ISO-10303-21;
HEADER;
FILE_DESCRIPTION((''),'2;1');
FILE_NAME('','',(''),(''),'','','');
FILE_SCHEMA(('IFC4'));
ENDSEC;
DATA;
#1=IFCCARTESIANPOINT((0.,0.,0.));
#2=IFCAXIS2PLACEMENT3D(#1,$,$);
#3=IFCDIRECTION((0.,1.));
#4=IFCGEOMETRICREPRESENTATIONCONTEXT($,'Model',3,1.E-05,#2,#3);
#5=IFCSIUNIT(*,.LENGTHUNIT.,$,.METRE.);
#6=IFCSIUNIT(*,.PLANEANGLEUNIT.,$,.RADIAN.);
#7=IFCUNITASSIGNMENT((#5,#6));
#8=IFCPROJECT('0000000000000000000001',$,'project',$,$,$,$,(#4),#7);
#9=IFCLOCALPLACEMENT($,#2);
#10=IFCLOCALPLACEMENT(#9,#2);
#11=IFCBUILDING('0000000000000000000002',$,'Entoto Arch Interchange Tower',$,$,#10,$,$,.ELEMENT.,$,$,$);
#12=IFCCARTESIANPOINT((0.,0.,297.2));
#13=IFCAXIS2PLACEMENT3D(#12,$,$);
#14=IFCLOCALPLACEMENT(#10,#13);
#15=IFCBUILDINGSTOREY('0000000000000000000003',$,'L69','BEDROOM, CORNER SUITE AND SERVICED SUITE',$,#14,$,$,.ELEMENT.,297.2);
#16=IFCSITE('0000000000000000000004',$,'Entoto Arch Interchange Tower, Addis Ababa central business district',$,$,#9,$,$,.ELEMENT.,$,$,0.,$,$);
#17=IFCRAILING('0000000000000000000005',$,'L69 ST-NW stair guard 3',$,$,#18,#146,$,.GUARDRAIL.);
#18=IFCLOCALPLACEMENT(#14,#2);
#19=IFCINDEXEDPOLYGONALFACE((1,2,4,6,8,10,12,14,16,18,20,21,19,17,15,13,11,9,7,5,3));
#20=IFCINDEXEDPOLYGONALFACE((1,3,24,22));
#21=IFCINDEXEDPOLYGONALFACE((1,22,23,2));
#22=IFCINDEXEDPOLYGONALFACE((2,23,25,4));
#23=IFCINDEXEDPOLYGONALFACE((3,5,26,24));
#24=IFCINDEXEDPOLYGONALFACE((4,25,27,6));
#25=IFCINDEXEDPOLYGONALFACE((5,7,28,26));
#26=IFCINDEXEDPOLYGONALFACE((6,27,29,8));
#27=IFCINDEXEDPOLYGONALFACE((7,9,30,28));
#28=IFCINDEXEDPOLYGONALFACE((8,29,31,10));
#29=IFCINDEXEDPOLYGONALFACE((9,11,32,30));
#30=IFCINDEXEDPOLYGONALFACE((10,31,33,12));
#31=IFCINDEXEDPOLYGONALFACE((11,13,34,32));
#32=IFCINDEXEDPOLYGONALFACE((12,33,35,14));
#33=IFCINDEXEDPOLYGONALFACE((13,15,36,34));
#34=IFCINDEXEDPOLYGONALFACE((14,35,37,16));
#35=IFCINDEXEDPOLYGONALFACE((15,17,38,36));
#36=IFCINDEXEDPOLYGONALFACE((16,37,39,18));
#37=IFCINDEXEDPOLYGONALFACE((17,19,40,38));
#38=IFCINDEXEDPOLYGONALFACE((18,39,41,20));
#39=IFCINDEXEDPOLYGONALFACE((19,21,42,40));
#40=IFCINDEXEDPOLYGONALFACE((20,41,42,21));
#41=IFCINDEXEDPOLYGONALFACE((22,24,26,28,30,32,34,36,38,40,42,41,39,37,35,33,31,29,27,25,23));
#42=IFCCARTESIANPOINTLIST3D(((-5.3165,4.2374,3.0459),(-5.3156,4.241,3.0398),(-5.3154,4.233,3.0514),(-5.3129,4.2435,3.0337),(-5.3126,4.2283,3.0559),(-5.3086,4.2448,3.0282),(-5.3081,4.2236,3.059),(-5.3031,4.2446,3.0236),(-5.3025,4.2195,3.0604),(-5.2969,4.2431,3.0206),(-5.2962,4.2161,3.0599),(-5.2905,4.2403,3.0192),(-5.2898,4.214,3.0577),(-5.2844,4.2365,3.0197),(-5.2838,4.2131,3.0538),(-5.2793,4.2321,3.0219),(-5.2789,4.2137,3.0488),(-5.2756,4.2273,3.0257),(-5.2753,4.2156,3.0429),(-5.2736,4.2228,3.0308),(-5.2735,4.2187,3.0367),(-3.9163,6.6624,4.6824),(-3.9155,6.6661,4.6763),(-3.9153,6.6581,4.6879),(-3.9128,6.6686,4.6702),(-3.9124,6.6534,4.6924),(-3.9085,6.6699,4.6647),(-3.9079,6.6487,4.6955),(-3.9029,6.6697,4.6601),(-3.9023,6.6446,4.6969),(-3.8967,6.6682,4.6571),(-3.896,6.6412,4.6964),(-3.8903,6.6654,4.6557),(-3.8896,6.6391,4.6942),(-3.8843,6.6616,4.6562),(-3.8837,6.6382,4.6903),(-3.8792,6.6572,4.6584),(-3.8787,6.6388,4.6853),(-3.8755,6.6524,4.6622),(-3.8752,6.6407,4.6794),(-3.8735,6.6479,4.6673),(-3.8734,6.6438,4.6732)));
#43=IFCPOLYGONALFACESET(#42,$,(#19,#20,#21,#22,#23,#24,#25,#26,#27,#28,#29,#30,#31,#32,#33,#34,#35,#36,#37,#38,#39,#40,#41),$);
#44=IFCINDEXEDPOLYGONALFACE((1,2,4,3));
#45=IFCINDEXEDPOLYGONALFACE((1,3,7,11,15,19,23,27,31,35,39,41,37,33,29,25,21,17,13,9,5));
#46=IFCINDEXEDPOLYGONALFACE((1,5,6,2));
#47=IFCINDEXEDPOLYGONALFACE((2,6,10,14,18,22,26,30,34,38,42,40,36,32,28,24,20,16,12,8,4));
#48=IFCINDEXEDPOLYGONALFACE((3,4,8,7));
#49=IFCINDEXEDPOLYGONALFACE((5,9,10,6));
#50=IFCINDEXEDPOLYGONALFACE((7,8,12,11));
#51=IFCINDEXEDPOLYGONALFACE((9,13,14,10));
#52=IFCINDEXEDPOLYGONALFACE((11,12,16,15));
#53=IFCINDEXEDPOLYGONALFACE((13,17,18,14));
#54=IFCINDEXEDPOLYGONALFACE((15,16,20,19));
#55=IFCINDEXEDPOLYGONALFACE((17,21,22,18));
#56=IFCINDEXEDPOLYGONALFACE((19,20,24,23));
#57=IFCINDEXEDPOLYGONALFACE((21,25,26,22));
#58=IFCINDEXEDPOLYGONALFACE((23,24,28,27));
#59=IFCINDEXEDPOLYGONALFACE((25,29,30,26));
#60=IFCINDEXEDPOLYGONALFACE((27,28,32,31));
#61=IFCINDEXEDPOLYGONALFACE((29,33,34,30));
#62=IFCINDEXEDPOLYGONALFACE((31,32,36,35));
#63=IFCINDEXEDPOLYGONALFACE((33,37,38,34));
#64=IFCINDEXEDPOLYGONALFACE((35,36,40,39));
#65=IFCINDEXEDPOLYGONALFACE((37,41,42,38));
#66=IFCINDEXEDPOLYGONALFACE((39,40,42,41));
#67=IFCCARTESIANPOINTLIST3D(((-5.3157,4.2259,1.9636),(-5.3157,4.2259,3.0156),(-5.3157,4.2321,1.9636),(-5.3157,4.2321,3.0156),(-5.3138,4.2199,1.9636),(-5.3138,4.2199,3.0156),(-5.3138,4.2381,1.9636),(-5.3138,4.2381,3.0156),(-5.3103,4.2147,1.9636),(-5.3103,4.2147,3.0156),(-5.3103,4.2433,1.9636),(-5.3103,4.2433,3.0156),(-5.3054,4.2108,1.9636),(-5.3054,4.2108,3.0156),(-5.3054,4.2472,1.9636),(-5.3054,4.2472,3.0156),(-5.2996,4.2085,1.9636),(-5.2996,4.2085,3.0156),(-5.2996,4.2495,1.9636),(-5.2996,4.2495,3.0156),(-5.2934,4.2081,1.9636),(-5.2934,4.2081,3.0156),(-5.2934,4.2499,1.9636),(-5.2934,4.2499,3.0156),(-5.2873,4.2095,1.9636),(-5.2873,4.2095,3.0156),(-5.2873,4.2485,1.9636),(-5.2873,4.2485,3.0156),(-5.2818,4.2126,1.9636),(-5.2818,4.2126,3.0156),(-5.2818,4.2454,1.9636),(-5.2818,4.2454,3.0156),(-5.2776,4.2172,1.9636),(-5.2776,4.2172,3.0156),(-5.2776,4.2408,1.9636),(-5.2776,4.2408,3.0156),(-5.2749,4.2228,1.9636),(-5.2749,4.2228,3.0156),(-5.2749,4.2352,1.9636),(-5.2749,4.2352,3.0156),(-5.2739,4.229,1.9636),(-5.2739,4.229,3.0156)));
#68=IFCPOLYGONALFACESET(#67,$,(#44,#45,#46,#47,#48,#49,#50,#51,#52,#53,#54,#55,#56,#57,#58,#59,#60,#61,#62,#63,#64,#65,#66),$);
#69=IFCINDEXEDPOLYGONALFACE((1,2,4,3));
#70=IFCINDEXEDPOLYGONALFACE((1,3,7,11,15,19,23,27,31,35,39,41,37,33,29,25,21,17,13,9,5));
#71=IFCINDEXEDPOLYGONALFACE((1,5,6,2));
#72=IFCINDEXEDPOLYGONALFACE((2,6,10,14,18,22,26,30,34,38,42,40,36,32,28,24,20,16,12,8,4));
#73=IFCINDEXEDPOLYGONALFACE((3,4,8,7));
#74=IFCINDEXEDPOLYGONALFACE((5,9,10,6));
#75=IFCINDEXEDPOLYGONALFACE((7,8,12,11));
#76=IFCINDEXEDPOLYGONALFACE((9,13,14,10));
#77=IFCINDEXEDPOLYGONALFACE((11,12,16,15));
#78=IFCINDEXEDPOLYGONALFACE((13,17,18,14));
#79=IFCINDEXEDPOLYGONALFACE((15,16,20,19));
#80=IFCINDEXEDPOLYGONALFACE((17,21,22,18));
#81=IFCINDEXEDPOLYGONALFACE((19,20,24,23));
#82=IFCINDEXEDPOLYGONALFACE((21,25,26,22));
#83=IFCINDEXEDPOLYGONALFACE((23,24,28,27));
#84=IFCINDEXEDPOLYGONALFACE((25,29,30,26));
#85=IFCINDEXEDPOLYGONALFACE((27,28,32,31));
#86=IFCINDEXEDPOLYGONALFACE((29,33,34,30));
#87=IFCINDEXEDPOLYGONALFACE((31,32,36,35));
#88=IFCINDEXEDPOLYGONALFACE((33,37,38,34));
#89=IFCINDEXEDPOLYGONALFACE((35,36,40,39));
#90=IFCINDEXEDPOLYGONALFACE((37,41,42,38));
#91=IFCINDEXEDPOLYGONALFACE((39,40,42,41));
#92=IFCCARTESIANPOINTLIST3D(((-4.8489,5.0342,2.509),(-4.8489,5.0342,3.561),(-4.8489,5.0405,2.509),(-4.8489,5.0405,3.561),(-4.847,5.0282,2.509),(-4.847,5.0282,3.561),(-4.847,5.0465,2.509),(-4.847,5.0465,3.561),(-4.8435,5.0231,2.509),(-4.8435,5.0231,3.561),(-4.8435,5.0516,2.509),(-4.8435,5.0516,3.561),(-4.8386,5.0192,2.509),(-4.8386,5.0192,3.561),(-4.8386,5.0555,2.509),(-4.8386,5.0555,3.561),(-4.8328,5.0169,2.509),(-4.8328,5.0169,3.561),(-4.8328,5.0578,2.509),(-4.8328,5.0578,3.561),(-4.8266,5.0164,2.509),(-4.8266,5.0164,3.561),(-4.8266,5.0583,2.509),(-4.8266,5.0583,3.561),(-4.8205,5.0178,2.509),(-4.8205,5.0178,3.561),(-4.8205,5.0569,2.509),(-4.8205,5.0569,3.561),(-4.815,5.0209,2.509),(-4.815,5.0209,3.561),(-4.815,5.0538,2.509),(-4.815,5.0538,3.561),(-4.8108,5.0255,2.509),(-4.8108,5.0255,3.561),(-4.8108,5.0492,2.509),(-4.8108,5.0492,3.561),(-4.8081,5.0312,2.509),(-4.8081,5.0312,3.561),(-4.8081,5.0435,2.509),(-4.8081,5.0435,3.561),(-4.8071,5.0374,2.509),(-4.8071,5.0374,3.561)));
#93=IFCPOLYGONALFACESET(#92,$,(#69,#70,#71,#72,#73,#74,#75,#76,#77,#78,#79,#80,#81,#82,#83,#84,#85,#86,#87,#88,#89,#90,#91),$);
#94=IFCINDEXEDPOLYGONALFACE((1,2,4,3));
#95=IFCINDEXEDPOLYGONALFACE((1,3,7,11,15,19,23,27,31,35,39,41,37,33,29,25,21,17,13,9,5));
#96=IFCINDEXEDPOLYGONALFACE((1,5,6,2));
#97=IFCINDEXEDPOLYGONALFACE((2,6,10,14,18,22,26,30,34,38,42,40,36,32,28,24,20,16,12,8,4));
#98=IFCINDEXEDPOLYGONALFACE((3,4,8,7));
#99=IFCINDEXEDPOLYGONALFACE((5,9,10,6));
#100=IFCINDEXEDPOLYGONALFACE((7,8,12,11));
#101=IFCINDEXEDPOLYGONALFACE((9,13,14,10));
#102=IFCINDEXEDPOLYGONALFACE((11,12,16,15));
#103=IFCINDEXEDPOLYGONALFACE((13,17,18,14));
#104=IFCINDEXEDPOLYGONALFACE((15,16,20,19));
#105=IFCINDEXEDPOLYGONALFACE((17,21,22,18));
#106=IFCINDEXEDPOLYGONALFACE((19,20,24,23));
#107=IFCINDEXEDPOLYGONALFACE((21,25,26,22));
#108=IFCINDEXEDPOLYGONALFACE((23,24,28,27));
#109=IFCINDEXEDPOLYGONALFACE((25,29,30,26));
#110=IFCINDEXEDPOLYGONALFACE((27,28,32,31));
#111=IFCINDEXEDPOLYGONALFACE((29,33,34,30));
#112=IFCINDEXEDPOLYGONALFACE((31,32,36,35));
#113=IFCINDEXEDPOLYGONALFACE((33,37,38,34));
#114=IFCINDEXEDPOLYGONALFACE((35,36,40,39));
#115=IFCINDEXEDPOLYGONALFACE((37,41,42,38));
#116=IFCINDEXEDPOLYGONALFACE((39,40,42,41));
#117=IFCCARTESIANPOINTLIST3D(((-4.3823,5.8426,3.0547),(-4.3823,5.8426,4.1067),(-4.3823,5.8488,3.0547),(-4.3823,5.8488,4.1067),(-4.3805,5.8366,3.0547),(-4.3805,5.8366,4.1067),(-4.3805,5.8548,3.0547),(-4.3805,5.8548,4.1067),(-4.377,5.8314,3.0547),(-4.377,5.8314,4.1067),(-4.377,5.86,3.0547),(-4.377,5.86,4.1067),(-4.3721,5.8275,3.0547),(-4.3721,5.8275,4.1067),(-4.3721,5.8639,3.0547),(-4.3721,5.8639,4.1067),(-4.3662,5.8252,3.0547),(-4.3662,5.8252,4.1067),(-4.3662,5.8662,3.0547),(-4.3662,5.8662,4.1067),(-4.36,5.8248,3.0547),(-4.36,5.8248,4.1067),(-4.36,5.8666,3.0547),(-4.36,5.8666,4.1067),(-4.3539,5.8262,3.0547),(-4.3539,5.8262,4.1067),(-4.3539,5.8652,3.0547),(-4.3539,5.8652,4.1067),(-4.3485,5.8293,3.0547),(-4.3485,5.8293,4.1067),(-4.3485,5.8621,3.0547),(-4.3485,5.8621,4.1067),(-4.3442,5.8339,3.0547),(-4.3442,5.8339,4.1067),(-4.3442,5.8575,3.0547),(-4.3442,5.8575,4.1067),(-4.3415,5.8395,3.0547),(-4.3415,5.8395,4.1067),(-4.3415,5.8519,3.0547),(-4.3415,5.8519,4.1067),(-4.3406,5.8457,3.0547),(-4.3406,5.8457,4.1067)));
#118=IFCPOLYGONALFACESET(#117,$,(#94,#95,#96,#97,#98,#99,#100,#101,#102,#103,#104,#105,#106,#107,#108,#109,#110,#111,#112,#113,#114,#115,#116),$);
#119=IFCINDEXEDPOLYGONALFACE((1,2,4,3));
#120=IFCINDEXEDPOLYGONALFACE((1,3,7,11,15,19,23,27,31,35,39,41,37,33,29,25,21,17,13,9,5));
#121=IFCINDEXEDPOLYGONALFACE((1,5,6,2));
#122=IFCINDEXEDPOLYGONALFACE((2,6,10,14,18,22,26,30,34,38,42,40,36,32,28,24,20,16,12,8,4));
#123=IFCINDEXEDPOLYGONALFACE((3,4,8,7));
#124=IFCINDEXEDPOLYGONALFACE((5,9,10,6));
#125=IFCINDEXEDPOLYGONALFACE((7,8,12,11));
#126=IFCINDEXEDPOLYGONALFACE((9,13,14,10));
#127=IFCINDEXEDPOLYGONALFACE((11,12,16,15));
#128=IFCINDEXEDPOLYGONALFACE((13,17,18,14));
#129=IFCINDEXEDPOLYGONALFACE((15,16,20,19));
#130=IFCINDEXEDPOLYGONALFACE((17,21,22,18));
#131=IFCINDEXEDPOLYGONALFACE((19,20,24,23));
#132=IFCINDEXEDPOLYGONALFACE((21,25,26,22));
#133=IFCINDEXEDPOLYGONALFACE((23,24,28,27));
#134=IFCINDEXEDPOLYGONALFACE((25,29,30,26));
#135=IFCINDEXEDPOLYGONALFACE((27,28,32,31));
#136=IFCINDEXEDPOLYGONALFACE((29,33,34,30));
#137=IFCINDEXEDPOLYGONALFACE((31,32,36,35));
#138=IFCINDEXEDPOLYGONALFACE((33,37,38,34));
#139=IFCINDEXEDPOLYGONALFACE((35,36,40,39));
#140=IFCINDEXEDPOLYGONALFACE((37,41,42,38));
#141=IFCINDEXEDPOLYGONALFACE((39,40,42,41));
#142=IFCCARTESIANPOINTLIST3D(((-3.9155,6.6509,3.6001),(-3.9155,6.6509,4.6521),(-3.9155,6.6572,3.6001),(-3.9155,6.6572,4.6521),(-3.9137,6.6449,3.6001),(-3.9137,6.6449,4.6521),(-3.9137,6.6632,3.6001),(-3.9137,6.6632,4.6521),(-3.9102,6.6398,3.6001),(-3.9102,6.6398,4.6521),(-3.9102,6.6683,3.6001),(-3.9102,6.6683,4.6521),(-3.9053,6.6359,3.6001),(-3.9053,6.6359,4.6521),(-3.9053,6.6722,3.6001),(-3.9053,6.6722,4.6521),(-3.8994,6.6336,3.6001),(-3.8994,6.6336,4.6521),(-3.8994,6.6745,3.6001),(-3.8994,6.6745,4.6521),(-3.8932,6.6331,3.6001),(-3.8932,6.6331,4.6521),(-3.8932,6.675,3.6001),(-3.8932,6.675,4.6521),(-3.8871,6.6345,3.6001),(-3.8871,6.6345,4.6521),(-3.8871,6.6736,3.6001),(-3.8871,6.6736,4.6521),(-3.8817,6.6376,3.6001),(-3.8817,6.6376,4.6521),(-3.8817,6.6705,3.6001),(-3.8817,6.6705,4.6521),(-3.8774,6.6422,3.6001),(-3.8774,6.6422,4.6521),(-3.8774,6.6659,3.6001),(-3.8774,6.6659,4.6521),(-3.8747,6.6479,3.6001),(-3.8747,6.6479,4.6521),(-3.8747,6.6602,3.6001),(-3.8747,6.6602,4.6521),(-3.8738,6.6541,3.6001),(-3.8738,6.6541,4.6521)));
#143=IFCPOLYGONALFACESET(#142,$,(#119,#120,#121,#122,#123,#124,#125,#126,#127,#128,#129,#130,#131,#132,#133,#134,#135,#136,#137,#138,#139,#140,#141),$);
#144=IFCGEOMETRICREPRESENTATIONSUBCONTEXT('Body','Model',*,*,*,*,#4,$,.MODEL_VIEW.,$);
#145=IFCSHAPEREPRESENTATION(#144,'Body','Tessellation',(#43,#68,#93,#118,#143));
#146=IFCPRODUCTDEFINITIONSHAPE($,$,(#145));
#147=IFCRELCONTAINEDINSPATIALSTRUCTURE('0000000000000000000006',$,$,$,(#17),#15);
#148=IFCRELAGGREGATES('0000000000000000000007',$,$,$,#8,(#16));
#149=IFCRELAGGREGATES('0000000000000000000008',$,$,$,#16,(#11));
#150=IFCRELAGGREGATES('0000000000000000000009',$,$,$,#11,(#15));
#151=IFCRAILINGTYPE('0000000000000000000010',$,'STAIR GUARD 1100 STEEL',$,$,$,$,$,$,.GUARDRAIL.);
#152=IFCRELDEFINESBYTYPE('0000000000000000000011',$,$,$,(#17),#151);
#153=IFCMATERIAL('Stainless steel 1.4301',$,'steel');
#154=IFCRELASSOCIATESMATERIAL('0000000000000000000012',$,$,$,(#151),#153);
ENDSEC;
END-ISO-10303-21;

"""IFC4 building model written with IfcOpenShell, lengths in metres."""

from ifc_helpers import new_model, si_unit, direction, frame, origin, origin_2d, place, context, subcontext, project, spatial, circle, extrude, material, type_object, element, save


model = new_model("IFC4")

# Units and contexts
model_context = context("Model", 3, precision=1e-05, world=origin(), true_north=direction((0.0, 1.0)))
body_context = subcontext(model_context, "Body", "Model", "MODEL_VIEW")
ifc_project = project(units=[si_unit("LENGTHUNIT", "METRE"), si_unit("PLANEANGLEUNIT", "RADIAN")], contexts=[model_context])

# Site, building, storey
site_placement = place(None, origin())
site = spatial("IfcSite", under=ifc_project, at=site_placement, Name="Entoto Arch Interchange Tower, Addis Ababa central business district", CompositionType="ELEMENT", RefElevation=0.0)
building_placement = place(site_placement, origin())
building = spatial("IfcBuilding", under=site, at=building_placement, Name="Entoto Arch Interchange Tower", CompositionType="ELEMENT")
storey_placement = place(building_placement, frame((0.0, 0.0, 297.2)))
storey = spatial("IfcBuildingStorey", under=building, at=storey_placement, Name="L69", Description="BEDROOM, CORNER SUITE AND SERVICED SUITE", CompositionType="ELEMENT", Elevation=297.2)

# Railing
ifc_material_1 = material(Name="Stainless steel 1.4301", Category="steel")
railing_type_1 = type_object("IfcRailingType", Name="STAIR GUARD 1100 STEEL", PredefinedType="GUARDRAIL", material=ifc_material_1)
railing_1_placement = place(storey_placement, frame((-5.2949, 4.229, 1.9636)))
element("IfcRailing", 1, at=railing_1_placement, inside=storey, type_object=railing_type_1, Name="L69 ST-NW stair guard 3", PredefinedType="GUARDRAIL", context=body_context, shape_type="SweptSolid", body=[
    extrude(circle(Radius=0.0239, at=origin_2d()), frame((0.0, 0.0, 1.0762), z_axis=(0.431698, 0.747699, 0.504563), x_axis=(-0.866019, 0.500012, 0.0)), (0.0, 0.0, 1.0), 3.2434),
    extrude(circle(Radius=0.021, at=origin_2d()), origin(), (0.0, 0.0, 1.0), 1.052),
    extrude(circle(Radius=0.021, at=origin_2d()), frame((0.4668, 0.8083, 0.5454)), (0.0, 0.0, 1.0), 1.052),
    extrude(circle(Radius=0.021, at=origin_2d()), frame((0.9333, 1.6167, 1.0911)), (0.0, 0.0, 1.0), 1.052),
    extrude(circle(Radius=0.021, at=origin_2d()), frame((1.4001, 2.425, 1.6365)), (0.0, 0.0, 1.0), 1.052),
])

save(model, "model.ifc")
